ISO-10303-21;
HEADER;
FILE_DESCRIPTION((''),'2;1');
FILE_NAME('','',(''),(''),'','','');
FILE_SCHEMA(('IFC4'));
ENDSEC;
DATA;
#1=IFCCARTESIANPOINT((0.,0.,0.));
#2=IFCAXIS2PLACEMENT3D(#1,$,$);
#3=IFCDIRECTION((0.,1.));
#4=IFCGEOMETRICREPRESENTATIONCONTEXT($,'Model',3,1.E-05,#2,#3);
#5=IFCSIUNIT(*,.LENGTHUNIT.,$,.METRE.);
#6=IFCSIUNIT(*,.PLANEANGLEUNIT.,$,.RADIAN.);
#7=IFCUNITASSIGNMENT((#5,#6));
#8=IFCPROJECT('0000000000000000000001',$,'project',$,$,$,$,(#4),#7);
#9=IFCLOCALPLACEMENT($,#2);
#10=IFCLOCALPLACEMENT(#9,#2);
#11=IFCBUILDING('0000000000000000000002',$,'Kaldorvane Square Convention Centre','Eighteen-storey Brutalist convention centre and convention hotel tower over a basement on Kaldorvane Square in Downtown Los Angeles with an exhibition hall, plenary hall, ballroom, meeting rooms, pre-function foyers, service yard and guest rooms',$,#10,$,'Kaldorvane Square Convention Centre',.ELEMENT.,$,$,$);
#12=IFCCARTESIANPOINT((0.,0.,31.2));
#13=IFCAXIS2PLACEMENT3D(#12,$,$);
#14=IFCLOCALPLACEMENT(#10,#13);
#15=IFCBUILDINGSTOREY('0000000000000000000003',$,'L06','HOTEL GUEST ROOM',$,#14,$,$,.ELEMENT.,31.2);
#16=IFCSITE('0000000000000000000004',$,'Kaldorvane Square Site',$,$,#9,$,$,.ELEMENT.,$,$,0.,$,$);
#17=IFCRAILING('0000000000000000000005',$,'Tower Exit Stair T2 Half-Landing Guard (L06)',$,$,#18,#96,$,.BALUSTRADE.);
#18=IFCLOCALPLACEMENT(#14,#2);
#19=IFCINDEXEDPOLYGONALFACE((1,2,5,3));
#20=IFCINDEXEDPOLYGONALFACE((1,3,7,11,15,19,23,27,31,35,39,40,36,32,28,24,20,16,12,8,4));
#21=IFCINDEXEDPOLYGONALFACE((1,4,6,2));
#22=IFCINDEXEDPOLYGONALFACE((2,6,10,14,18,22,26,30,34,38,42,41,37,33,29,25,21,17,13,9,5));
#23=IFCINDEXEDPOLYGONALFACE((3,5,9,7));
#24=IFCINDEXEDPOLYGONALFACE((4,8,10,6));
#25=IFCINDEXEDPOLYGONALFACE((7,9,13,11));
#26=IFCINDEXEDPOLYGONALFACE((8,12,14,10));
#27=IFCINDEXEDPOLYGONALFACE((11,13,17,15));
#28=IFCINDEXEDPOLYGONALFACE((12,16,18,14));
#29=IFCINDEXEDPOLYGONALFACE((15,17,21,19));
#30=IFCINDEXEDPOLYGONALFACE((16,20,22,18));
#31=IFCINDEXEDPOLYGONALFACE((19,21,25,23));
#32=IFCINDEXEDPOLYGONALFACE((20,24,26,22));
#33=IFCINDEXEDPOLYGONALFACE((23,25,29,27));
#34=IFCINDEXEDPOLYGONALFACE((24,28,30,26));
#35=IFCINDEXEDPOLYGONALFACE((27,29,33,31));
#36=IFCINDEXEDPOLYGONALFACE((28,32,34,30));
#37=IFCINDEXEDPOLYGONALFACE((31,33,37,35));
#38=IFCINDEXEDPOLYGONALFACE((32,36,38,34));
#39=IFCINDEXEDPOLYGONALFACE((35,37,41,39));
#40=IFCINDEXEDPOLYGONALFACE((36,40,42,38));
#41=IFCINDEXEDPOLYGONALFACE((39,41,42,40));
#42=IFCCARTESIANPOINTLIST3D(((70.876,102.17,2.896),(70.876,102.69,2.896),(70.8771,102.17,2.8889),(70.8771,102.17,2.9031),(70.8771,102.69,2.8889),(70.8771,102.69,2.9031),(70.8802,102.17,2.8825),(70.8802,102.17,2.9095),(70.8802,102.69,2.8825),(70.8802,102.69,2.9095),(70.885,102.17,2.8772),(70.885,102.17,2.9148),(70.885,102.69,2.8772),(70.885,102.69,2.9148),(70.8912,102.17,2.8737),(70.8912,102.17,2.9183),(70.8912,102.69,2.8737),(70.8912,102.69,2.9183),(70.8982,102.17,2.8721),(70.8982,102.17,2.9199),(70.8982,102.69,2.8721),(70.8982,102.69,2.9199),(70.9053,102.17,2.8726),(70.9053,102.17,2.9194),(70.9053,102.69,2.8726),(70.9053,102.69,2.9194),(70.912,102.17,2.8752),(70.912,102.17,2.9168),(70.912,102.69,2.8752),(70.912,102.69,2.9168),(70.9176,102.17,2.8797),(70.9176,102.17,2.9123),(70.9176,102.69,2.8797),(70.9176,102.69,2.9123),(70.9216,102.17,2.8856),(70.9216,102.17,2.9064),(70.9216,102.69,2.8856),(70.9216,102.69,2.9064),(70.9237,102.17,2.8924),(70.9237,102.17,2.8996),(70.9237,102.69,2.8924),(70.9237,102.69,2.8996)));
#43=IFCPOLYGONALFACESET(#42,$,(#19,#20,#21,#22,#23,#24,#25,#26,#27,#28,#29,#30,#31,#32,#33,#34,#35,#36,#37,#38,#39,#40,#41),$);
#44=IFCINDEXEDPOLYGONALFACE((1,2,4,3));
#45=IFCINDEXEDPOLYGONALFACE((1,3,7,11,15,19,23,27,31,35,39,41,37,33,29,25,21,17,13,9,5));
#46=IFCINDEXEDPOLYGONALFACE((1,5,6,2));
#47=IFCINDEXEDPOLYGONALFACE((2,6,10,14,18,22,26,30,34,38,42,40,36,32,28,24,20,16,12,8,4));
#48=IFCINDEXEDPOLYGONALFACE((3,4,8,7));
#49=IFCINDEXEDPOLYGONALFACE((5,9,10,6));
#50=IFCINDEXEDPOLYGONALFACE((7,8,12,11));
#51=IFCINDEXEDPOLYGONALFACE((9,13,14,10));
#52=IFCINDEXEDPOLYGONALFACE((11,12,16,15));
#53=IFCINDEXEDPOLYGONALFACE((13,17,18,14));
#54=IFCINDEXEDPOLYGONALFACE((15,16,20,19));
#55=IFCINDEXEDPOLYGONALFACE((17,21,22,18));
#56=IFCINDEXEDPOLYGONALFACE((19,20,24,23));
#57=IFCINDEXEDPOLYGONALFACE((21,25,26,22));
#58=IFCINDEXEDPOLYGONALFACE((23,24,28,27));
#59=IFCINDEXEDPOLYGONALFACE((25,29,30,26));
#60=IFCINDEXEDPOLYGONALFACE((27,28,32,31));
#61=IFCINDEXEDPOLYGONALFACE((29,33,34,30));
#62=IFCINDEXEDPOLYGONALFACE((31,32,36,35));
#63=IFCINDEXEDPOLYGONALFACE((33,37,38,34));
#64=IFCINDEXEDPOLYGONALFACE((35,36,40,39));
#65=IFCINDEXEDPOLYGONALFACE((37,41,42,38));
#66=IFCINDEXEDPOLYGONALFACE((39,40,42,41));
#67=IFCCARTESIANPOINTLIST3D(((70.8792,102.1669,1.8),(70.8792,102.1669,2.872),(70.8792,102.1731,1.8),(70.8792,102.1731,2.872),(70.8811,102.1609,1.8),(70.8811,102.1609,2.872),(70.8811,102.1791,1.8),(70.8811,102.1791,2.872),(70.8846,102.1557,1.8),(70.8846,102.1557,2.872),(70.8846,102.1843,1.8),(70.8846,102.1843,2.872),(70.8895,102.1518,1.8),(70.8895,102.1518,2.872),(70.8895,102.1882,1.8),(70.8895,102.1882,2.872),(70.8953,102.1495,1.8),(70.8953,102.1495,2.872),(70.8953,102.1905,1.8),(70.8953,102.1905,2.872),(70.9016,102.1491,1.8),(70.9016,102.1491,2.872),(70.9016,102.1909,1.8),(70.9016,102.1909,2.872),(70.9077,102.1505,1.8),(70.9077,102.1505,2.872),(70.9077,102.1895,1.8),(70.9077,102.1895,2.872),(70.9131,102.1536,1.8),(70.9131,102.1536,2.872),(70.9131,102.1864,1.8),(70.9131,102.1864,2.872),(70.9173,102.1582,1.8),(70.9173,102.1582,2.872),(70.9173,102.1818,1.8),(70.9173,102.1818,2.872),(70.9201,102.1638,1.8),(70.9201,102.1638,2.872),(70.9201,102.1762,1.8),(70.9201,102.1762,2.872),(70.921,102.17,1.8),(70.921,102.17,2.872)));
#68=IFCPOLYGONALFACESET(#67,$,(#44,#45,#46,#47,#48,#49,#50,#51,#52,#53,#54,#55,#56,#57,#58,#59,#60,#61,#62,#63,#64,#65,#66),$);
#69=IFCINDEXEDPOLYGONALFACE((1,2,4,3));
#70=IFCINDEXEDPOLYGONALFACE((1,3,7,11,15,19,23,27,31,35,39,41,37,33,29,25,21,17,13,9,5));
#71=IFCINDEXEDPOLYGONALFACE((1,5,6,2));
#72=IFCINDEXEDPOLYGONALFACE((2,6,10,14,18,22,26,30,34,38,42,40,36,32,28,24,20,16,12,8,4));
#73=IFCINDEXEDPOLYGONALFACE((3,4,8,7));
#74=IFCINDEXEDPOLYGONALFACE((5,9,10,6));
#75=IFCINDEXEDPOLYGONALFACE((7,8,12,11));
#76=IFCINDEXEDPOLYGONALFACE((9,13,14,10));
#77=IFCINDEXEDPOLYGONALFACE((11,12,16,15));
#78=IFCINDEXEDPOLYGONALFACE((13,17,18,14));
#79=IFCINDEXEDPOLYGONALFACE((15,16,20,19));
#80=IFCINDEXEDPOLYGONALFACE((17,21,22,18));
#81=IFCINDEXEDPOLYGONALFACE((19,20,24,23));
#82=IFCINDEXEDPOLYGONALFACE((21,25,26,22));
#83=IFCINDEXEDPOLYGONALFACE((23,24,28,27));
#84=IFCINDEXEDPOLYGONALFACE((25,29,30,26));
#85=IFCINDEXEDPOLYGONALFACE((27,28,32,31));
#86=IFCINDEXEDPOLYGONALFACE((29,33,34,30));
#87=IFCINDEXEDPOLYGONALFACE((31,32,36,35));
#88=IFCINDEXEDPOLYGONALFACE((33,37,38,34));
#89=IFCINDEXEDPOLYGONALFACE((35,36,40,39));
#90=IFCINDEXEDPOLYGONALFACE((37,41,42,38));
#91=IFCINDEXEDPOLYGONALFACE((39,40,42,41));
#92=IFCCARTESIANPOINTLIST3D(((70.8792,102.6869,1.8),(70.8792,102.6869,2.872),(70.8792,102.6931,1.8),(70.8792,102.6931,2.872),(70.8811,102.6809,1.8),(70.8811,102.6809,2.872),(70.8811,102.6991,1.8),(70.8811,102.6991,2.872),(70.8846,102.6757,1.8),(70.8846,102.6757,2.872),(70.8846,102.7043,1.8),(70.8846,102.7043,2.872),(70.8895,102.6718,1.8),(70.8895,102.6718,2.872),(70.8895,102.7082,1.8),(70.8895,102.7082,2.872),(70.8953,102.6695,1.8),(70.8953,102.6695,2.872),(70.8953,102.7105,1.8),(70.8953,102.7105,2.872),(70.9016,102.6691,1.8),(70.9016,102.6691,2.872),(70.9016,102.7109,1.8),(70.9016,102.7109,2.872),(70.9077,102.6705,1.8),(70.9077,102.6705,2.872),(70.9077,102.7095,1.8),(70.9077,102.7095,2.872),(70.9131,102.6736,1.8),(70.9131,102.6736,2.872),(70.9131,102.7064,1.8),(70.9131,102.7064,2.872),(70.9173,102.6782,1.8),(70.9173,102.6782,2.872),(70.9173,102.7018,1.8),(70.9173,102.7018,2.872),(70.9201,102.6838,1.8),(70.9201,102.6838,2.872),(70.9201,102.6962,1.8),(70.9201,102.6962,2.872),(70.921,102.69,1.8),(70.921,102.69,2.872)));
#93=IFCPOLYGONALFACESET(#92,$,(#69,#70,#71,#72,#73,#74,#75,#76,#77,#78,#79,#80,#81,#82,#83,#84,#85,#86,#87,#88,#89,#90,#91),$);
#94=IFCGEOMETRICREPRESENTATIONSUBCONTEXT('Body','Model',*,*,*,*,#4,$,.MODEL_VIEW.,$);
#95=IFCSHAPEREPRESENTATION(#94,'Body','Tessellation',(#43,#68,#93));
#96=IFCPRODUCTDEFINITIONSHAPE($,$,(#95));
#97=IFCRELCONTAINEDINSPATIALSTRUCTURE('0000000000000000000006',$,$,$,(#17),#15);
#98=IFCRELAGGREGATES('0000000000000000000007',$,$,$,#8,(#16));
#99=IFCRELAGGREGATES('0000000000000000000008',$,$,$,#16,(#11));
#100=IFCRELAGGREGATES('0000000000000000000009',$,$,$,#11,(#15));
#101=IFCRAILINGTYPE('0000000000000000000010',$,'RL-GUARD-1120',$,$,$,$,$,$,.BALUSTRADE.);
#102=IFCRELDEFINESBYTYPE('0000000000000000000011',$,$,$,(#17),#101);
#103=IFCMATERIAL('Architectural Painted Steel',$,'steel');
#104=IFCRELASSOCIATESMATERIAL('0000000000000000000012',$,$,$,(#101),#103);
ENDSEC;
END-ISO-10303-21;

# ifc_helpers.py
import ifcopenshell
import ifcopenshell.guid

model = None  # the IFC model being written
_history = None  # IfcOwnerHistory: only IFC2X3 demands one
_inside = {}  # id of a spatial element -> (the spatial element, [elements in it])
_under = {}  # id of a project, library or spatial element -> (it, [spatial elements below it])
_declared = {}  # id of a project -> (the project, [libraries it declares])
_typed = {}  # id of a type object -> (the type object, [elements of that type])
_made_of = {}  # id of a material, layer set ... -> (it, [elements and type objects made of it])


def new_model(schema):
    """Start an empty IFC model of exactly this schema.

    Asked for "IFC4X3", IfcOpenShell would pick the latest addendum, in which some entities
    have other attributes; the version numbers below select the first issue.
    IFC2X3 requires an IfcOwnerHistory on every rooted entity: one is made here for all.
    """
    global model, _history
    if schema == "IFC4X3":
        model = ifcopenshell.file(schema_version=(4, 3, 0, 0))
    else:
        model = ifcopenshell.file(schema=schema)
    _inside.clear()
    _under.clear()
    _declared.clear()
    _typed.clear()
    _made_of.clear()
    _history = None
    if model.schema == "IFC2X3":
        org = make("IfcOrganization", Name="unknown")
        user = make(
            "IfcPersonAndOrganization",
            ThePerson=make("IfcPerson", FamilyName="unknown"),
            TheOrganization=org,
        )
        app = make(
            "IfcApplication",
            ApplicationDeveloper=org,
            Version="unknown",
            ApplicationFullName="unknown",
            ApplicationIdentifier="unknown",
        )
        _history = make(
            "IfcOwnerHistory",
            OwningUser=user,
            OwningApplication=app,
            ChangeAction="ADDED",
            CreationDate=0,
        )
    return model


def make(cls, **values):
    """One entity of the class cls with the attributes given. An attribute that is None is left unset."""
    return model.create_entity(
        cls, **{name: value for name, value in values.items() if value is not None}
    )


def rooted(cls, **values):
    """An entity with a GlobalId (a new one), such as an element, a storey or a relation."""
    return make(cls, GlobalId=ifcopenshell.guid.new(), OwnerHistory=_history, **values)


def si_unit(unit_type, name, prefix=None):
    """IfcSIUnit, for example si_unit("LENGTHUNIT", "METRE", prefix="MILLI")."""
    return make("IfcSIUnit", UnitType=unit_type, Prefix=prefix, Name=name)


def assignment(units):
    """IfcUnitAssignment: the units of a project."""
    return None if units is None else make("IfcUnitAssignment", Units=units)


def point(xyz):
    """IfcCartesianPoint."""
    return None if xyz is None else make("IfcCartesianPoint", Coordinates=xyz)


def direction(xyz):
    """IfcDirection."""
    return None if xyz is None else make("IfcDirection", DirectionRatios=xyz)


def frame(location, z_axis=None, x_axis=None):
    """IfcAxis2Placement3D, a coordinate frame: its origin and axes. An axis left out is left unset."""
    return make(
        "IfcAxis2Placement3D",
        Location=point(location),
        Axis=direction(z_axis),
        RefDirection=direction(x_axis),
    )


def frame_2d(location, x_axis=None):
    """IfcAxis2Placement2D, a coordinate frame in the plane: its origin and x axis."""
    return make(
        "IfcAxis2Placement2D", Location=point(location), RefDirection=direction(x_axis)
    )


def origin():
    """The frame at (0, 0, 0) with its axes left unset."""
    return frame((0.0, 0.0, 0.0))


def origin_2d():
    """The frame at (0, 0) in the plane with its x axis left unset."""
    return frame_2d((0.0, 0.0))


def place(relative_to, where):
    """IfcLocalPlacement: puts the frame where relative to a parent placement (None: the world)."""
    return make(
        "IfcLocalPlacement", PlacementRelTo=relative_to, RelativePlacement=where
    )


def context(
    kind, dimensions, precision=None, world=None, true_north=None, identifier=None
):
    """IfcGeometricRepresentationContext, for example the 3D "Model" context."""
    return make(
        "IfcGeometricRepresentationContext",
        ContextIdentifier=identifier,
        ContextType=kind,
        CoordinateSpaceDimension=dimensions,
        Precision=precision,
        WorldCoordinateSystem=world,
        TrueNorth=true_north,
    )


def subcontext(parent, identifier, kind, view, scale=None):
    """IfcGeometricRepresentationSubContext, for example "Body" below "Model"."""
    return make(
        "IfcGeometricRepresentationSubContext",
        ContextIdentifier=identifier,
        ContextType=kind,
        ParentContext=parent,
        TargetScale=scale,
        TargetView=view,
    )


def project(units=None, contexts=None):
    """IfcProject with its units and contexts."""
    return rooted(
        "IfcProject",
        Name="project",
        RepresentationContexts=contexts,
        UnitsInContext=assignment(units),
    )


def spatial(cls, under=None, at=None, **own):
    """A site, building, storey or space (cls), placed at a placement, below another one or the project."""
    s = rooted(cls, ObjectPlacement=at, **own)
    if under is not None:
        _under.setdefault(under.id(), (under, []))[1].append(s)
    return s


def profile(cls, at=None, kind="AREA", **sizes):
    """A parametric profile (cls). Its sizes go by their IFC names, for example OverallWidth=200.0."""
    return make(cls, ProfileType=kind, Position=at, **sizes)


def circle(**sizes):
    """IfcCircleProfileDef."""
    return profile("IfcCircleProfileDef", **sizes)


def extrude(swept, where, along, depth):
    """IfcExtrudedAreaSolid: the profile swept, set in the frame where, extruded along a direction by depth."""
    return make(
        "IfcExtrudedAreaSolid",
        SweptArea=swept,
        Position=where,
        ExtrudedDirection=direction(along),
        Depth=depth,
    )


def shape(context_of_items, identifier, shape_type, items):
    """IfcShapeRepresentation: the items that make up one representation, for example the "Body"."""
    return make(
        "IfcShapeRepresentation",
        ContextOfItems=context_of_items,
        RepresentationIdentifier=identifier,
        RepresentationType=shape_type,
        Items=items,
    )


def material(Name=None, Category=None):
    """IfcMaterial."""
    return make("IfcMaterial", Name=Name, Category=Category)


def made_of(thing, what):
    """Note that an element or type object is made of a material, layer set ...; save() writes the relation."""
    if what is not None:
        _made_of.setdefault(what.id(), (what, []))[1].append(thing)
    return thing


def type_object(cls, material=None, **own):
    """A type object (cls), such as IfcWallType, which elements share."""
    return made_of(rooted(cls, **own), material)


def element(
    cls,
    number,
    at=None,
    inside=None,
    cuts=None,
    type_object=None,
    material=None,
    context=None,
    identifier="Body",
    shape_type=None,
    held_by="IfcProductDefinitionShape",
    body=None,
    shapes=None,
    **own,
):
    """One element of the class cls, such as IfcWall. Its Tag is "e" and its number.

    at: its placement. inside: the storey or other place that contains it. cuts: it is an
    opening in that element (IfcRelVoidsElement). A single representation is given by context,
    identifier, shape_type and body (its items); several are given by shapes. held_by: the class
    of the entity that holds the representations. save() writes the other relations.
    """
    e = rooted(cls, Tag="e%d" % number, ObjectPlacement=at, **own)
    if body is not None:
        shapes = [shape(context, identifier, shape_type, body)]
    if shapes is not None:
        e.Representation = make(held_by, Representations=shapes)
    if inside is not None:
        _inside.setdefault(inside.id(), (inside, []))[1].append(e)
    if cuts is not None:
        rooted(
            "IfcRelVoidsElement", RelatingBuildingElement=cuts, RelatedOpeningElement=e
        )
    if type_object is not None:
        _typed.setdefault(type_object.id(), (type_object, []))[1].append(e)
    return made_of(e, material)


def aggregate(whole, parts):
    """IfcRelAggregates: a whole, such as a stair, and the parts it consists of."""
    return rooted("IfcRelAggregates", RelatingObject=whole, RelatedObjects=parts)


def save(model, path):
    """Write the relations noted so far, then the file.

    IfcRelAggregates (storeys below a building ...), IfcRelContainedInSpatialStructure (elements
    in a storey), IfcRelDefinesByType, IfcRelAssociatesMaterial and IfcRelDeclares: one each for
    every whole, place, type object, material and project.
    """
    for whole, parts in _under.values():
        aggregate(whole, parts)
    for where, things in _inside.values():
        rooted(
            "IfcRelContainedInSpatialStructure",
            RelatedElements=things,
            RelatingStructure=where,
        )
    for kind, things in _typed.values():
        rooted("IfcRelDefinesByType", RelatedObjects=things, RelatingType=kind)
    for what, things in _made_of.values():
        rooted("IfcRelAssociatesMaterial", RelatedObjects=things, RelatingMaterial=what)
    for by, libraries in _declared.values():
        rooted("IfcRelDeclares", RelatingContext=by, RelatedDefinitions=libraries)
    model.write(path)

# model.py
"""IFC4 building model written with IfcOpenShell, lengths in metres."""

from ifc_helpers import new_model, si_unit, direction, frame, origin, origin_2d, place, context, subcontext, project, spatial, circle, extrude, material, type_object, element, save


model = new_model("IFC4")

# Units and contexts
model_context = context("Model", 3, precision=1e-05, world=origin(), true_north=direction((0.0, 1.0)))
body_context = subcontext(model_context, "Body", "Model", "MODEL_VIEW")
ifc_project = project(units=[si_unit("LENGTHUNIT", "METRE"), si_unit("PLANEANGLEUNIT", "RADIAN")], contexts=[model_context])

# Site, building, storey
site_placement = place(None, origin())
site = spatial("IfcSite", under=ifc_project, at=site_placement, Name="Kaldorvane Square Site", CompositionType="ELEMENT", RefElevation=0.0)
building_placement = place(site_placement, origin())
building = spatial("IfcBuilding", under=site, at=building_placement, Name="Kaldorvane Square Convention Centre", Description="Eighteen-storey Brutalist convention centre and convention hotel tower over a basement on Kaldorvane Square in Downtown Los Angeles with an exhibition hall, plenary hall, ballroom, meeting rooms, pre-function foyers, service yard and guest rooms", LongName="Kaldorvane Square Convention Centre", CompositionType="ELEMENT")
storey_placement = place(building_placement, frame((0.0, 0.0, 31.2)))
storey = spatial("IfcBuildingStorey", under=building, at=storey_placement, Name="L06", Description="HOTEL GUEST ROOM", CompositionType="ELEMENT", Elevation=31.2)

# Railing
ifc_material_1 = material(Name="Architectural Painted Steel", Category="steel")
railing_type_1 = type_object("IfcRailingType", Name="RL-GUARD-1120", PredefinedType="BALUSTRADE", material=ifc_material_1)
for number, where, name in (
    (1, (70.9, 102.17, 1.8), "Tower Exit Stair T2 Half-Landing Guard (L06)"),
):
    element("IfcRailing", number, at=place(storey_placement, frame(where)), inside=storey, type_object=railing_type_1, Name=name, PredefinedType="BALUSTRADE", context=body_context, shape_type="SweptSolid", body=[
        extrude(circle(Radius=0.024, at=origin_2d()), frame((0.0, 0.0, 1.096), z_axis=(0.0, 1.0, 0.0), x_axis=(-1.0, 0.0, 0.0)), (0.0, 0.0, 1.0), 0.52),
        extrude(circle(Radius=0.021, at=origin_2d()), origin(), (0.0, 0.0, 1.0), 1.072),
        extrude(circle(Radius=0.021, at=origin_2d()), frame((0.0, 0.52, 0.0)), (0.0, 0.0, 1.0), 1.072),
    ])

save(model, "model.ifc")
